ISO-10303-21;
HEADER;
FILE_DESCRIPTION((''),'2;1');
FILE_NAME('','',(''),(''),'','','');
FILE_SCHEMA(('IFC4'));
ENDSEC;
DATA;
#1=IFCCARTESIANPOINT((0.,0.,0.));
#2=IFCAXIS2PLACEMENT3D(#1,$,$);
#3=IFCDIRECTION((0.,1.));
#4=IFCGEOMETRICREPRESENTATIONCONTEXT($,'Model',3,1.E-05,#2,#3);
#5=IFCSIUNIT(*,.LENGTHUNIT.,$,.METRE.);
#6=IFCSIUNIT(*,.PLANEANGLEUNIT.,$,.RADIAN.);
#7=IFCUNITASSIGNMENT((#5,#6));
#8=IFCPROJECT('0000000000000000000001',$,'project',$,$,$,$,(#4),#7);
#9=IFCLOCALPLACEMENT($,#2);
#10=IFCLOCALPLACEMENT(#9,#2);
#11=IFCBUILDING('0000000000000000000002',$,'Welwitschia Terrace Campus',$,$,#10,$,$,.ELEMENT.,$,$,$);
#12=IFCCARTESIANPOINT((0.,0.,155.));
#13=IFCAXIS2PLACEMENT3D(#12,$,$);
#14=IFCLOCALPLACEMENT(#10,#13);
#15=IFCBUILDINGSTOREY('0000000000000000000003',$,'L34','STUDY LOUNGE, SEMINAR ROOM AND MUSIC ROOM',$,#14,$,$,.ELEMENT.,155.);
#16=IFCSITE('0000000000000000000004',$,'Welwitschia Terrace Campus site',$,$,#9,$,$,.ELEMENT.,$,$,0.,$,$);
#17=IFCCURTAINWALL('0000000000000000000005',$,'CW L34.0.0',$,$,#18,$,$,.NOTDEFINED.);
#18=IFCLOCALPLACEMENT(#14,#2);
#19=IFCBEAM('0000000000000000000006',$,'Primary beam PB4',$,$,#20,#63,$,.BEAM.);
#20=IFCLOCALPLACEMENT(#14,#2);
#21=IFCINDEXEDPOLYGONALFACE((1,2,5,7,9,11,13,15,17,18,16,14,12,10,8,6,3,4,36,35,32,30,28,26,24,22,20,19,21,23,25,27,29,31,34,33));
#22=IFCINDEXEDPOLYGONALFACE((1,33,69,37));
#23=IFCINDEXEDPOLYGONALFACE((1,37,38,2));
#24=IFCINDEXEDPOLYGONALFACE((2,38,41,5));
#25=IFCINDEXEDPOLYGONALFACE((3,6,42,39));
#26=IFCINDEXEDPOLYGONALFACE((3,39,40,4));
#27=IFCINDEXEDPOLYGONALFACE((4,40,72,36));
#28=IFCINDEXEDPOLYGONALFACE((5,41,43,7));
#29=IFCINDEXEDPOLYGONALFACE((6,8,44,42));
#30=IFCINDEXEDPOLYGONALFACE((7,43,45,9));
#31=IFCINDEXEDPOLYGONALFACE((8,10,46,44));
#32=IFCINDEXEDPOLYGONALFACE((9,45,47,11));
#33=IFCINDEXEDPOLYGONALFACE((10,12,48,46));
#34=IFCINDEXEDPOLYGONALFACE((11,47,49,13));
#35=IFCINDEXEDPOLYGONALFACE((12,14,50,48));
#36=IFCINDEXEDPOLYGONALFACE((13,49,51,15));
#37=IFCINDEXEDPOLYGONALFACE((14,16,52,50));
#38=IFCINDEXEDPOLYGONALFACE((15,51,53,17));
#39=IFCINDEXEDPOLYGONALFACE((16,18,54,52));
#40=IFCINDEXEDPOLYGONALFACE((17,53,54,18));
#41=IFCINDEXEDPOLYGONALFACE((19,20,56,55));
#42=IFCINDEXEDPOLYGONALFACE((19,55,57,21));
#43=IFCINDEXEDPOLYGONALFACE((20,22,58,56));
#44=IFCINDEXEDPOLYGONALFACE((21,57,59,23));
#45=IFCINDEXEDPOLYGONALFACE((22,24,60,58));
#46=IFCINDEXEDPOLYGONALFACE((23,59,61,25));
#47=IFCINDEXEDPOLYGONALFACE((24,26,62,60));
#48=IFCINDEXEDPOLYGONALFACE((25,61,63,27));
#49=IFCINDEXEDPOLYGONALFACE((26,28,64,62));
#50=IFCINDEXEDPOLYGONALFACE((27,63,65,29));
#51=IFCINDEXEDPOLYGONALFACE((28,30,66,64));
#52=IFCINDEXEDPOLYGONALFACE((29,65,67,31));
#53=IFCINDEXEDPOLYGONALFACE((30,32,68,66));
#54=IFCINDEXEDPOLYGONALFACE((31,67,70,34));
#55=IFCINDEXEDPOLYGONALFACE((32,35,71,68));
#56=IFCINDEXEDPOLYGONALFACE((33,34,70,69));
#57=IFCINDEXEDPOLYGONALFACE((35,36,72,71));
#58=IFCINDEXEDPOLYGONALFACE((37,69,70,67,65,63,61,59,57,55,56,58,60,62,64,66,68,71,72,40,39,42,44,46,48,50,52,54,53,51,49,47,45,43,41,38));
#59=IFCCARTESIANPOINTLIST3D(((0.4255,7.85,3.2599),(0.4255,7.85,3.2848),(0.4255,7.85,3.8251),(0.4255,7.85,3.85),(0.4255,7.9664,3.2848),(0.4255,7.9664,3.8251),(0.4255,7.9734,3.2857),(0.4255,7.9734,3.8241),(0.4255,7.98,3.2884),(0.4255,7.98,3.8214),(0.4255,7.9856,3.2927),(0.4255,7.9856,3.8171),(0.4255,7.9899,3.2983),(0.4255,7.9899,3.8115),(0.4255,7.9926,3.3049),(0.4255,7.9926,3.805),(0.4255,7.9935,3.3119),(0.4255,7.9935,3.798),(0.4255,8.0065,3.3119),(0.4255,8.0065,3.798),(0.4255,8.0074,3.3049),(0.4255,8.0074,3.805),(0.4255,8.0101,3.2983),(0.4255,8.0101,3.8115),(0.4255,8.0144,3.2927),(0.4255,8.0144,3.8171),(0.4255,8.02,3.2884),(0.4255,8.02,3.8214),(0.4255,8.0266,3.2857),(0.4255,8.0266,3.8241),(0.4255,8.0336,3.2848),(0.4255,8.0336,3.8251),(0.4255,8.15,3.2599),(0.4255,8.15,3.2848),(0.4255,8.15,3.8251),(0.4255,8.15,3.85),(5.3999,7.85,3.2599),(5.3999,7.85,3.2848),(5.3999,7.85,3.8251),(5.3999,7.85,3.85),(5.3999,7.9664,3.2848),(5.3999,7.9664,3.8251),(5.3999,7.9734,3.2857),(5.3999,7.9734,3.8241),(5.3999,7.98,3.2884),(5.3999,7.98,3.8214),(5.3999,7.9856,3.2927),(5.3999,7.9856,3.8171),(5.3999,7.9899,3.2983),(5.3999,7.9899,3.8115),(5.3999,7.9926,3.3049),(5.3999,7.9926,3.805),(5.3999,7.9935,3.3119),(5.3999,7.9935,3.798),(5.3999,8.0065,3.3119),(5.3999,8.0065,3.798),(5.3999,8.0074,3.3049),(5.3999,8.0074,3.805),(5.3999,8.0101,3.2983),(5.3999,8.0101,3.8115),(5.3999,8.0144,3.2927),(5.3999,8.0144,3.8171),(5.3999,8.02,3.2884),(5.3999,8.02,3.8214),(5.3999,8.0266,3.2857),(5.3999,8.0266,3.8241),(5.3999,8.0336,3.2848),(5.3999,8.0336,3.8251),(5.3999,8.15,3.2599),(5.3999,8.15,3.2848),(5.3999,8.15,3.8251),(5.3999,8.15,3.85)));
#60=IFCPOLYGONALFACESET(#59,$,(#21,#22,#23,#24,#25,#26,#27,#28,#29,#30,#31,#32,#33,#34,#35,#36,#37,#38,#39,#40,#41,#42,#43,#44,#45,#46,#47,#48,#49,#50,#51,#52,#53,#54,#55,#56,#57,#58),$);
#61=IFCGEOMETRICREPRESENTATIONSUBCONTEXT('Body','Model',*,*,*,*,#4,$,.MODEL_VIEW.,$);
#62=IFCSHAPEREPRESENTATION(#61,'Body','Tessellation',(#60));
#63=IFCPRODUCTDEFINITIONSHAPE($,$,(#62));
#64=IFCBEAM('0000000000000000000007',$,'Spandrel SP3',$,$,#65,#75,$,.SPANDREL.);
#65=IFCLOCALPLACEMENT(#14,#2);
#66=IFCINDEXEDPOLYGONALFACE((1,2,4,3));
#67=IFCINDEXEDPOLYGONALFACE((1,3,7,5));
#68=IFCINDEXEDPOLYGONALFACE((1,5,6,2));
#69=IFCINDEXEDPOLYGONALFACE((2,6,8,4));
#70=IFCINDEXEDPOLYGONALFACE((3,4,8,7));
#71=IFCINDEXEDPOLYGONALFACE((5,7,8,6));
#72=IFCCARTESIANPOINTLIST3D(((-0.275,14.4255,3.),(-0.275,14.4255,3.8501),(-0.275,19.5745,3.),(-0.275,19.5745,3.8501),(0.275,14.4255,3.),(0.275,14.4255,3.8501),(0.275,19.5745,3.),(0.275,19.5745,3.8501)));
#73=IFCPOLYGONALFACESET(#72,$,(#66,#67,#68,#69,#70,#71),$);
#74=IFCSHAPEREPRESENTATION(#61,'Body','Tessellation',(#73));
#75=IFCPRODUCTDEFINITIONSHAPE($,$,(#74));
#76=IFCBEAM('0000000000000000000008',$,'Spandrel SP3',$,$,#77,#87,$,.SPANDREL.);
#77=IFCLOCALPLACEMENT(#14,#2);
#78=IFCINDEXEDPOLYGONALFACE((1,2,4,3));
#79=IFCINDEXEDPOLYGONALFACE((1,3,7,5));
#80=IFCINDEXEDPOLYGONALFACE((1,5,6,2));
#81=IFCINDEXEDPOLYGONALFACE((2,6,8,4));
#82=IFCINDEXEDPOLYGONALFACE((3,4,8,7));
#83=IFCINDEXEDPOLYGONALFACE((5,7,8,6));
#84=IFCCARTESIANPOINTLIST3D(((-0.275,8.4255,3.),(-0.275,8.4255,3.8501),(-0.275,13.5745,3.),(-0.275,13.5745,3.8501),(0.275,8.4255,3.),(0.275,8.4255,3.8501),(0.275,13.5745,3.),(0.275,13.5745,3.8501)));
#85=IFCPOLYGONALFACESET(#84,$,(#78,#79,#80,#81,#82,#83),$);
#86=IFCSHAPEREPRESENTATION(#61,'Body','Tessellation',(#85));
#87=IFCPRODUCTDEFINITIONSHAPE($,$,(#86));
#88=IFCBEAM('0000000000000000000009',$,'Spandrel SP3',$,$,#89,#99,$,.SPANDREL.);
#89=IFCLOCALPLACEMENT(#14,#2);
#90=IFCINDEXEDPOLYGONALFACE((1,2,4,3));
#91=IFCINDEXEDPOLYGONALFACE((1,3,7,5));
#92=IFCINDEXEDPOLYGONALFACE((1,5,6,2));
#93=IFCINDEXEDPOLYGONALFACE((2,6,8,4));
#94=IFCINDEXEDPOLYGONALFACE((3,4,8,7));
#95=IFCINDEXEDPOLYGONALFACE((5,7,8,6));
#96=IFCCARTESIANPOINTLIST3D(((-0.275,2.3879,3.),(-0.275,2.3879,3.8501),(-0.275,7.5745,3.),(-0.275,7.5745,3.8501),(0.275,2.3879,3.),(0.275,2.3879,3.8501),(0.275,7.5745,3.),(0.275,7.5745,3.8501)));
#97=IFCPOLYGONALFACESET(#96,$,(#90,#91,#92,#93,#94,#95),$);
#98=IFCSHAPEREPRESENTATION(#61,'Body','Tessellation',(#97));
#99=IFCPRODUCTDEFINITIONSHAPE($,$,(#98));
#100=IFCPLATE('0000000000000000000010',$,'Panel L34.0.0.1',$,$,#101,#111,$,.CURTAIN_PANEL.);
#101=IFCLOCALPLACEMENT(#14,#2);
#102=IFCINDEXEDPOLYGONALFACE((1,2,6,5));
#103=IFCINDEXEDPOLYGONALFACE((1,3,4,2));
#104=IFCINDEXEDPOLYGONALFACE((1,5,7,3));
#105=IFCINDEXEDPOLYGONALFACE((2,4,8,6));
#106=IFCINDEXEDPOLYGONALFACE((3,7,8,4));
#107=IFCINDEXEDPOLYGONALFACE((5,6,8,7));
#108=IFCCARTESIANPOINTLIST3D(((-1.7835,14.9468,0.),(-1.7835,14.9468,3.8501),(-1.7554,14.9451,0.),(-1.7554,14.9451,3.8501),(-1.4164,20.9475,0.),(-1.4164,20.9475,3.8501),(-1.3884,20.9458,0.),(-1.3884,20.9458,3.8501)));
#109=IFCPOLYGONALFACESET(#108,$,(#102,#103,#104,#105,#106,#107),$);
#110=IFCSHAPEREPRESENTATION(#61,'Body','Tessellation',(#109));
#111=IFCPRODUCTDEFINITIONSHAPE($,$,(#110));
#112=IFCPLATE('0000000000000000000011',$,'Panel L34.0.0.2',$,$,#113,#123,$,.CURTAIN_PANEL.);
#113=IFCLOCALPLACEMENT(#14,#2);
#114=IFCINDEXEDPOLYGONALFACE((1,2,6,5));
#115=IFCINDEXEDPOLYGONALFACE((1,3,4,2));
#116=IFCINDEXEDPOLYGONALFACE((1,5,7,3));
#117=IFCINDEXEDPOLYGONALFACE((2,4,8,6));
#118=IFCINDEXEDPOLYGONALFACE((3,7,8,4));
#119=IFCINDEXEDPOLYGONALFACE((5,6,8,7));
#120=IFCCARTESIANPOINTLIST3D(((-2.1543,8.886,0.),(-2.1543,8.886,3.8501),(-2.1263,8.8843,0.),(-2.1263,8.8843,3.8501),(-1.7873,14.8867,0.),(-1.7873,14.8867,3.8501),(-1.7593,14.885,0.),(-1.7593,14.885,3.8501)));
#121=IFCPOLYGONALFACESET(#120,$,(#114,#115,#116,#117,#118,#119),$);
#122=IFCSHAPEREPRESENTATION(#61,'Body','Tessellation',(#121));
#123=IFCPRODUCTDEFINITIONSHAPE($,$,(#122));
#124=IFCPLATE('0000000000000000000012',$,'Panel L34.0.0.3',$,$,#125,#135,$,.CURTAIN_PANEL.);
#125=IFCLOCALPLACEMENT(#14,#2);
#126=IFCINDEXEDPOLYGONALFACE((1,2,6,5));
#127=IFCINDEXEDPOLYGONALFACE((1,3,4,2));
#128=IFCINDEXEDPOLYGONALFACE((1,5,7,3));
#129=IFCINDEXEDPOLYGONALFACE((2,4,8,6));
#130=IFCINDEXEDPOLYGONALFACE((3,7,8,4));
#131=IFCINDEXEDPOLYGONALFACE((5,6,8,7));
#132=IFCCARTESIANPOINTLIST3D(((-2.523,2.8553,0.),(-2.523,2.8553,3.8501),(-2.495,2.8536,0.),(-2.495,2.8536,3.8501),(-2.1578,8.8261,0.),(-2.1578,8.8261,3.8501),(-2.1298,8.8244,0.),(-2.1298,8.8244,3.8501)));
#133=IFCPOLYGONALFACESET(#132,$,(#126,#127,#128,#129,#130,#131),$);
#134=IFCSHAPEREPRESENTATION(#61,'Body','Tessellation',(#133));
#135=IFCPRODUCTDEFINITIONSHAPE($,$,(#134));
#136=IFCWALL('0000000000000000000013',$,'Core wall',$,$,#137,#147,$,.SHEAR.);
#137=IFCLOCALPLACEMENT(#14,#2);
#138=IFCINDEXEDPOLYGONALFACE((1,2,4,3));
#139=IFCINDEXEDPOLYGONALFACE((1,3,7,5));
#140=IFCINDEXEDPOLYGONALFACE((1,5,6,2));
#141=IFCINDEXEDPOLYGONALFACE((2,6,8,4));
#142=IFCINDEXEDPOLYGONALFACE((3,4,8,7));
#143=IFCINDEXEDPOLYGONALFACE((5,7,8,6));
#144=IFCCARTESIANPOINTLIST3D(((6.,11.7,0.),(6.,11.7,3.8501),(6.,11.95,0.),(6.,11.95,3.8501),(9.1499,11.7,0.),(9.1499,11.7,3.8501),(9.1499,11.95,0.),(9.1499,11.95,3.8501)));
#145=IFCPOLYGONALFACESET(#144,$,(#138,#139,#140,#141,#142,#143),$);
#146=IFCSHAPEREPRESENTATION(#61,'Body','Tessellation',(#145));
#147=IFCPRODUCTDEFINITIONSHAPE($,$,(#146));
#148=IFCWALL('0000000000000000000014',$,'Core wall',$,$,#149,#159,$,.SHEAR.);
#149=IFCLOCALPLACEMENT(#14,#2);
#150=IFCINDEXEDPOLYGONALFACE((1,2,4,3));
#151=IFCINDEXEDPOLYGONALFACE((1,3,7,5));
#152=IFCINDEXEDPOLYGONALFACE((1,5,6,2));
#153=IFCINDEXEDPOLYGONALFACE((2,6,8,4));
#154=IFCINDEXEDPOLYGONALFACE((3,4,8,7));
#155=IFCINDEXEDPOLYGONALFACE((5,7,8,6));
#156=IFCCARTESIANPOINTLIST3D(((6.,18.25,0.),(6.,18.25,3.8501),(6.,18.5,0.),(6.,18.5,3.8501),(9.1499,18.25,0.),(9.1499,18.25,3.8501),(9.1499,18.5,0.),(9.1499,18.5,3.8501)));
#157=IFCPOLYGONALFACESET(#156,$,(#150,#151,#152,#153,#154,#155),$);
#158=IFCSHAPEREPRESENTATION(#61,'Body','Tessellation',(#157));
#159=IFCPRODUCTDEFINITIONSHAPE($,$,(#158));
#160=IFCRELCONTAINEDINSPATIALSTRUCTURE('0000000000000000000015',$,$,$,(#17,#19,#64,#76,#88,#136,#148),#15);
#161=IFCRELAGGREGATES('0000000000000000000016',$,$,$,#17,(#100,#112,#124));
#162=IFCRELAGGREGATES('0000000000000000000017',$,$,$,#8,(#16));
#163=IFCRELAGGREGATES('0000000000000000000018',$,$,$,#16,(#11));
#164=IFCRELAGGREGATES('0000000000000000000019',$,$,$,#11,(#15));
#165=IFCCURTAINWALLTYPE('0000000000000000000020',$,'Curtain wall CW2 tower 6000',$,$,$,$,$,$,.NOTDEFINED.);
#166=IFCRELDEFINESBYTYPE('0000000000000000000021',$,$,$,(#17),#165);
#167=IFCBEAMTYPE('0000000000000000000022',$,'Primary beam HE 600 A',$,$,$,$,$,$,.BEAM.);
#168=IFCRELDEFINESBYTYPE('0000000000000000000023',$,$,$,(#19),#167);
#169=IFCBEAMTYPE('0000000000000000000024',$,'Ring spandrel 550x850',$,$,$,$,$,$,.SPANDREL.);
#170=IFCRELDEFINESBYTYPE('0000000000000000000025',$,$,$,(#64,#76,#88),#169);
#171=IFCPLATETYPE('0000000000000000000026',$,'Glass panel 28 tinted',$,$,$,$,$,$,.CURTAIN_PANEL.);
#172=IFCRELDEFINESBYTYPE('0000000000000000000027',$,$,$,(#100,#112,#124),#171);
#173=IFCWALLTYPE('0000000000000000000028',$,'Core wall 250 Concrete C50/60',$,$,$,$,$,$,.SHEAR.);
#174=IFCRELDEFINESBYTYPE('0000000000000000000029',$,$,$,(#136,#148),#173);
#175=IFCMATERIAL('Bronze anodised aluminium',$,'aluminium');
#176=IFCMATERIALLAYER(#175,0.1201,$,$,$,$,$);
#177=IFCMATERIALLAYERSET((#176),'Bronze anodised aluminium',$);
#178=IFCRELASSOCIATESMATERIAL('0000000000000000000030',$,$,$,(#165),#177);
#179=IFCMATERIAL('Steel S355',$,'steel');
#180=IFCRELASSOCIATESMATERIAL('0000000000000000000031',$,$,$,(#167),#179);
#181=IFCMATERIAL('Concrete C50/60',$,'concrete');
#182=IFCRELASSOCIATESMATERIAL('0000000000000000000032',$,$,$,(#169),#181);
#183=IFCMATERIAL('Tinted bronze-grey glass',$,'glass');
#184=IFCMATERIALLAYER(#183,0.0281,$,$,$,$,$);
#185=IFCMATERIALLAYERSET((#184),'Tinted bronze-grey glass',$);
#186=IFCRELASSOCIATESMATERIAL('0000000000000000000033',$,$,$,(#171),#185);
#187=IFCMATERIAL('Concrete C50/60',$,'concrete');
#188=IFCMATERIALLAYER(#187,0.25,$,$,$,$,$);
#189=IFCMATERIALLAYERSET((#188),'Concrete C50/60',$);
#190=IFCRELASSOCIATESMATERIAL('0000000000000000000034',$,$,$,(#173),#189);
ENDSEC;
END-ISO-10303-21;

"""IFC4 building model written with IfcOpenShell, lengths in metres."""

from ifc_helpers import new_model, si_unit, direction, frame, frame_2d, origin, origin_2d, place, context, subcontext, project, spatial, rectangle, i_section, extrude, material, layer, layer_set, material_profile, profile_set, type_object, element, aggregate, save


model = new_model("IFC4")

# Units and contexts
model_context = context("Model", 3, precision=1e-05, world=origin(), true_north=direction((0.0, 1.0)))
body_context = subcontext(model_context, "Body", "Model", "MODEL_VIEW")
ifc_project = project(units=[si_unit("LENGTHUNIT", "METRE"), si_unit("PLANEANGLEUNIT", "RADIAN")], contexts=[model_context])

# Site, building, storey
site_placement = place(None, origin())
site = spatial("IfcSite", under=ifc_project, at=site_placement, Name="Welwitschia Terrace Campus site", CompositionType="ELEMENT", RefElevation=0.0)
building_placement = place(site_placement, origin())
building = spatial("IfcBuilding", under=site, at=building_placement, Name="Welwitschia Terrace Campus", CompositionType="ELEMENT")
storey_placement = place(building_placement, frame((0.0, 0.0, 155.0)))
storey = spatial("IfcBuildingStorey", under=building, at=storey_placement, Name="L34", Description="STUDY LOUNGE, SEMINAR ROOM AND MUSIC ROOM", CompositionType="ELEMENT", Elevation=155.0)

# Curtain wall
ifc_material_1 = material(Name="Bronze anodised aluminium", Category="aluminium")
ifc_layer_1 = layer(ifc_material_1, 0.1201)
ifc_layer_set_1 = layer_set([ifc_layer_1], Name="Bronze anodised aluminium")
curtain_wall_type = type_object("IfcCurtainWallType", Name="Curtain wall CW2 tower 6000", PredefinedType="NOTDEFINED", material=ifc_layer_set_1)
curtain_wall_placement = place(storey_placement, origin())
curtain_wall = element("IfcCurtainWall", 1, at=curtain_wall_placement, inside=storey, type_object=curtain_wall_type, Name="CW L34.0.0", PredefinedType="NOTDEFINED")

# Beams
ifc_material_2 = material(Name="Steel S355", Category="steel")
ifc_material_profile_1 = material_profile(ifc_material_2, i_section(OverallWidth=0.3, OverallDepth=0.5901, WebThickness=0.0129, FlangeThickness=0.0249, FilletRadius=0.0271, at=origin_2d()))
ifc_profile_set_1 = profile_set([ifc_material_profile_1], Name="Steel S355")
beam_type_1 = type_object("IfcBeamType", Name="Primary beam HE 600 A", PredefinedType="BEAM", material=ifc_profile_set_1)
beam_1_placement = place(storey_placement, frame((0.4255, 8.0, 3.5549), z_axis=(1.0, 0.0, 0.0), x_axis=(0.0, 1.0, 0.0)))
element("IfcBeam", 2, at=beam_1_placement, inside=storey, type_object=beam_type_1, Name="Primary beam PB4", PredefinedType="BEAM", context=body_context, shape_type="SweptSolid", body=[
    extrude(i_section(OverallWidth=0.3, OverallDepth=0.5901, WebThickness=0.0129, FlangeThickness=0.0249, FilletRadius=0.0271, at=origin_2d()), origin(), (0.0, 0.0, 1.0), 4.9744),
])
ifc_material_3 = material(Name="Concrete C50/60", Category="concrete")
ifc_material_profile_2 = material_profile(ifc_material_3, rectangle(XDim=0.55, YDim=0.8501, at=origin_2d()))
ifc_profile_set_2 = profile_set([ifc_material_profile_2], Name="Concrete C50/60")
beam_type_2 = type_object("IfcBeamType", Name="Ring spandrel 550x850", PredefinedType="SPANDREL", material=ifc_profile_set_2)
for number, where, z_axis, x_axis, name in (
    (3, (0.0, 19.5745, 3.425), (0.0, -1.0, 0.0), (1.0, 0.0, 0.0), "Spandrel SP3"),
    (4, (0.0, 13.5745, 3.425), (0.0, -1.0, 0.0), (1.0, 0.0, 0.0), "Spandrel SP3"),
):
    element("IfcBeam", number, at=place(storey_placement, frame(where, z_axis=z_axis, x_axis=x_axis)), inside=storey, type_object=beam_type_2, Name=name, PredefinedType="SPANDREL", context=body_context, shape_type="SweptSolid", body=[
        extrude(rectangle(XDim=0.55, YDim=0.8501, at=origin_2d()), origin(), (0.0, 0.0, 1.0), 5.1489),
    ])
beam_2_placement = place(storey_placement, frame((0.0, 7.5745, 3.425), z_axis=(0.0, -1.0, 0.0), x_axis=(1.0, 0.0, 0.0)))
element("IfcBeam", 5, at=beam_2_placement, inside=storey, type_object=beam_type_2, Name="Spandrel SP3", PredefinedType="SPANDREL", context=body_context, shape_type="SweptSolid", body=[
    extrude(rectangle(XDim=0.55, YDim=0.8501, at=origin_2d()), origin(), (0.0, 0.0, 1.0), 5.1865),
])

# Plates
ifc_material_4 = material(Name="Tinted bronze-grey glass", Category="glass")
ifc_layer_2 = layer(ifc_material_4, 0.0281)
ifc_layer_set_2 = layer_set([ifc_layer_2], Name="Tinted bronze-grey glass")
plate_type = type_object("IfcPlateType", Name="Glass panel 28 tinted", PredefinedType="CURTAIN_PANEL", material=ifc_layer_set_2)
plate_1_placement = place(storey_placement, frame((-1.5859, 17.9463, 0.0), z_axis=(0.0, 0.0, 1.0), x_axis=(-0.061049, -0.998135, 0.0)))
plate_1 = element("IfcPlate", 6, at=plate_1_placement, type_object=plate_type, Name="Panel L34.0.0.1", PredefinedType="CURTAIN_PANEL", context=body_context, shape_type="SweptSolid", body=[
    extrude(rectangle(XDim=6.012, YDim=0.0281, at=origin_2d()), origin(), (0.0, 0.0, 1.0), 3.8501),
])
plate_2_placement = place(storey_placement, frame((-1.9568, 11.8855, 0.0), z_axis=(0.0, 0.0, 1.0), x_axis=(-0.061049, -0.998135, 0.0)))
plate_2 = element("IfcPlate", 7, at=plate_2_placement, type_object=plate_type, Name="Panel L34.0.0.2", PredefinedType="CURTAIN_PANEL", context=body_context, shape_type="SweptSolid", body=[
    extrude(rectangle(XDim=6.012, YDim=0.0281, at=origin_2d()), origin(), (0.0, 0.0, 1.0), 3.8501),
])
plate_3_placement = place(storey_placement, frame((-2.3264, 5.8398, 0.0), z_axis=(0.0, 0.0, 1.0), x_axis=(-0.061049, -0.998135, 0.0)))
plate_3 = element("IfcPlate", 8, at=plate_3_placement, type_object=plate_type, Name="Panel L34.0.0.3", PredefinedType="CURTAIN_PANEL", context=body_context, shape_type="SweptSolid", body=[
    extrude(rectangle(XDim=5.9819, YDim=0.0281, at=origin_2d()), origin(), (0.0, 0.0, 1.0), 3.8501),
])
aggregate(curtain_wall, [plate_1, plate_2, plate_3])

# Walls
ifc_material_5 = material(Name="Concrete C50/60", Category="concrete")
ifc_layer_3 = layer(ifc_material_5, 0.25)
ifc_layer_set_3 = layer_set([ifc_layer_3], Name="Concrete C50/60")
wall_type_1 = type_object("IfcWallType", Name="Core wall 250 Concrete C50/60", PredefinedType="SHEAR", material=ifc_layer_set_3)
for number, where, z_axis, x_axis, name in (
    (9, (6.0, 11.825, 0.0), (0.0, 0.0, 1.0), (1.0, 0.0, 0.0), "Core wall"),
    (10, (6.0, 18.375, 0.0), (0.0, 0.0, 1.0), (1.0, 0.0, 0.0), "Core wall"),
):
    element("IfcWall", number, at=place(storey_placement, frame(where, z_axis=z_axis, x_axis=x_axis)), inside=storey, type_object=wall_type_1, Name=name, PredefinedType="SHEAR", context=body_context, shape_type="SweptSolid", body=[
        extrude(rectangle(XDim=3.1499, YDim=0.25, at=frame_2d((1.575, 0.0))), origin(), (0.0, 0.0, 1.0), 3.8501),
    ])

save(model, "model.ifc")
